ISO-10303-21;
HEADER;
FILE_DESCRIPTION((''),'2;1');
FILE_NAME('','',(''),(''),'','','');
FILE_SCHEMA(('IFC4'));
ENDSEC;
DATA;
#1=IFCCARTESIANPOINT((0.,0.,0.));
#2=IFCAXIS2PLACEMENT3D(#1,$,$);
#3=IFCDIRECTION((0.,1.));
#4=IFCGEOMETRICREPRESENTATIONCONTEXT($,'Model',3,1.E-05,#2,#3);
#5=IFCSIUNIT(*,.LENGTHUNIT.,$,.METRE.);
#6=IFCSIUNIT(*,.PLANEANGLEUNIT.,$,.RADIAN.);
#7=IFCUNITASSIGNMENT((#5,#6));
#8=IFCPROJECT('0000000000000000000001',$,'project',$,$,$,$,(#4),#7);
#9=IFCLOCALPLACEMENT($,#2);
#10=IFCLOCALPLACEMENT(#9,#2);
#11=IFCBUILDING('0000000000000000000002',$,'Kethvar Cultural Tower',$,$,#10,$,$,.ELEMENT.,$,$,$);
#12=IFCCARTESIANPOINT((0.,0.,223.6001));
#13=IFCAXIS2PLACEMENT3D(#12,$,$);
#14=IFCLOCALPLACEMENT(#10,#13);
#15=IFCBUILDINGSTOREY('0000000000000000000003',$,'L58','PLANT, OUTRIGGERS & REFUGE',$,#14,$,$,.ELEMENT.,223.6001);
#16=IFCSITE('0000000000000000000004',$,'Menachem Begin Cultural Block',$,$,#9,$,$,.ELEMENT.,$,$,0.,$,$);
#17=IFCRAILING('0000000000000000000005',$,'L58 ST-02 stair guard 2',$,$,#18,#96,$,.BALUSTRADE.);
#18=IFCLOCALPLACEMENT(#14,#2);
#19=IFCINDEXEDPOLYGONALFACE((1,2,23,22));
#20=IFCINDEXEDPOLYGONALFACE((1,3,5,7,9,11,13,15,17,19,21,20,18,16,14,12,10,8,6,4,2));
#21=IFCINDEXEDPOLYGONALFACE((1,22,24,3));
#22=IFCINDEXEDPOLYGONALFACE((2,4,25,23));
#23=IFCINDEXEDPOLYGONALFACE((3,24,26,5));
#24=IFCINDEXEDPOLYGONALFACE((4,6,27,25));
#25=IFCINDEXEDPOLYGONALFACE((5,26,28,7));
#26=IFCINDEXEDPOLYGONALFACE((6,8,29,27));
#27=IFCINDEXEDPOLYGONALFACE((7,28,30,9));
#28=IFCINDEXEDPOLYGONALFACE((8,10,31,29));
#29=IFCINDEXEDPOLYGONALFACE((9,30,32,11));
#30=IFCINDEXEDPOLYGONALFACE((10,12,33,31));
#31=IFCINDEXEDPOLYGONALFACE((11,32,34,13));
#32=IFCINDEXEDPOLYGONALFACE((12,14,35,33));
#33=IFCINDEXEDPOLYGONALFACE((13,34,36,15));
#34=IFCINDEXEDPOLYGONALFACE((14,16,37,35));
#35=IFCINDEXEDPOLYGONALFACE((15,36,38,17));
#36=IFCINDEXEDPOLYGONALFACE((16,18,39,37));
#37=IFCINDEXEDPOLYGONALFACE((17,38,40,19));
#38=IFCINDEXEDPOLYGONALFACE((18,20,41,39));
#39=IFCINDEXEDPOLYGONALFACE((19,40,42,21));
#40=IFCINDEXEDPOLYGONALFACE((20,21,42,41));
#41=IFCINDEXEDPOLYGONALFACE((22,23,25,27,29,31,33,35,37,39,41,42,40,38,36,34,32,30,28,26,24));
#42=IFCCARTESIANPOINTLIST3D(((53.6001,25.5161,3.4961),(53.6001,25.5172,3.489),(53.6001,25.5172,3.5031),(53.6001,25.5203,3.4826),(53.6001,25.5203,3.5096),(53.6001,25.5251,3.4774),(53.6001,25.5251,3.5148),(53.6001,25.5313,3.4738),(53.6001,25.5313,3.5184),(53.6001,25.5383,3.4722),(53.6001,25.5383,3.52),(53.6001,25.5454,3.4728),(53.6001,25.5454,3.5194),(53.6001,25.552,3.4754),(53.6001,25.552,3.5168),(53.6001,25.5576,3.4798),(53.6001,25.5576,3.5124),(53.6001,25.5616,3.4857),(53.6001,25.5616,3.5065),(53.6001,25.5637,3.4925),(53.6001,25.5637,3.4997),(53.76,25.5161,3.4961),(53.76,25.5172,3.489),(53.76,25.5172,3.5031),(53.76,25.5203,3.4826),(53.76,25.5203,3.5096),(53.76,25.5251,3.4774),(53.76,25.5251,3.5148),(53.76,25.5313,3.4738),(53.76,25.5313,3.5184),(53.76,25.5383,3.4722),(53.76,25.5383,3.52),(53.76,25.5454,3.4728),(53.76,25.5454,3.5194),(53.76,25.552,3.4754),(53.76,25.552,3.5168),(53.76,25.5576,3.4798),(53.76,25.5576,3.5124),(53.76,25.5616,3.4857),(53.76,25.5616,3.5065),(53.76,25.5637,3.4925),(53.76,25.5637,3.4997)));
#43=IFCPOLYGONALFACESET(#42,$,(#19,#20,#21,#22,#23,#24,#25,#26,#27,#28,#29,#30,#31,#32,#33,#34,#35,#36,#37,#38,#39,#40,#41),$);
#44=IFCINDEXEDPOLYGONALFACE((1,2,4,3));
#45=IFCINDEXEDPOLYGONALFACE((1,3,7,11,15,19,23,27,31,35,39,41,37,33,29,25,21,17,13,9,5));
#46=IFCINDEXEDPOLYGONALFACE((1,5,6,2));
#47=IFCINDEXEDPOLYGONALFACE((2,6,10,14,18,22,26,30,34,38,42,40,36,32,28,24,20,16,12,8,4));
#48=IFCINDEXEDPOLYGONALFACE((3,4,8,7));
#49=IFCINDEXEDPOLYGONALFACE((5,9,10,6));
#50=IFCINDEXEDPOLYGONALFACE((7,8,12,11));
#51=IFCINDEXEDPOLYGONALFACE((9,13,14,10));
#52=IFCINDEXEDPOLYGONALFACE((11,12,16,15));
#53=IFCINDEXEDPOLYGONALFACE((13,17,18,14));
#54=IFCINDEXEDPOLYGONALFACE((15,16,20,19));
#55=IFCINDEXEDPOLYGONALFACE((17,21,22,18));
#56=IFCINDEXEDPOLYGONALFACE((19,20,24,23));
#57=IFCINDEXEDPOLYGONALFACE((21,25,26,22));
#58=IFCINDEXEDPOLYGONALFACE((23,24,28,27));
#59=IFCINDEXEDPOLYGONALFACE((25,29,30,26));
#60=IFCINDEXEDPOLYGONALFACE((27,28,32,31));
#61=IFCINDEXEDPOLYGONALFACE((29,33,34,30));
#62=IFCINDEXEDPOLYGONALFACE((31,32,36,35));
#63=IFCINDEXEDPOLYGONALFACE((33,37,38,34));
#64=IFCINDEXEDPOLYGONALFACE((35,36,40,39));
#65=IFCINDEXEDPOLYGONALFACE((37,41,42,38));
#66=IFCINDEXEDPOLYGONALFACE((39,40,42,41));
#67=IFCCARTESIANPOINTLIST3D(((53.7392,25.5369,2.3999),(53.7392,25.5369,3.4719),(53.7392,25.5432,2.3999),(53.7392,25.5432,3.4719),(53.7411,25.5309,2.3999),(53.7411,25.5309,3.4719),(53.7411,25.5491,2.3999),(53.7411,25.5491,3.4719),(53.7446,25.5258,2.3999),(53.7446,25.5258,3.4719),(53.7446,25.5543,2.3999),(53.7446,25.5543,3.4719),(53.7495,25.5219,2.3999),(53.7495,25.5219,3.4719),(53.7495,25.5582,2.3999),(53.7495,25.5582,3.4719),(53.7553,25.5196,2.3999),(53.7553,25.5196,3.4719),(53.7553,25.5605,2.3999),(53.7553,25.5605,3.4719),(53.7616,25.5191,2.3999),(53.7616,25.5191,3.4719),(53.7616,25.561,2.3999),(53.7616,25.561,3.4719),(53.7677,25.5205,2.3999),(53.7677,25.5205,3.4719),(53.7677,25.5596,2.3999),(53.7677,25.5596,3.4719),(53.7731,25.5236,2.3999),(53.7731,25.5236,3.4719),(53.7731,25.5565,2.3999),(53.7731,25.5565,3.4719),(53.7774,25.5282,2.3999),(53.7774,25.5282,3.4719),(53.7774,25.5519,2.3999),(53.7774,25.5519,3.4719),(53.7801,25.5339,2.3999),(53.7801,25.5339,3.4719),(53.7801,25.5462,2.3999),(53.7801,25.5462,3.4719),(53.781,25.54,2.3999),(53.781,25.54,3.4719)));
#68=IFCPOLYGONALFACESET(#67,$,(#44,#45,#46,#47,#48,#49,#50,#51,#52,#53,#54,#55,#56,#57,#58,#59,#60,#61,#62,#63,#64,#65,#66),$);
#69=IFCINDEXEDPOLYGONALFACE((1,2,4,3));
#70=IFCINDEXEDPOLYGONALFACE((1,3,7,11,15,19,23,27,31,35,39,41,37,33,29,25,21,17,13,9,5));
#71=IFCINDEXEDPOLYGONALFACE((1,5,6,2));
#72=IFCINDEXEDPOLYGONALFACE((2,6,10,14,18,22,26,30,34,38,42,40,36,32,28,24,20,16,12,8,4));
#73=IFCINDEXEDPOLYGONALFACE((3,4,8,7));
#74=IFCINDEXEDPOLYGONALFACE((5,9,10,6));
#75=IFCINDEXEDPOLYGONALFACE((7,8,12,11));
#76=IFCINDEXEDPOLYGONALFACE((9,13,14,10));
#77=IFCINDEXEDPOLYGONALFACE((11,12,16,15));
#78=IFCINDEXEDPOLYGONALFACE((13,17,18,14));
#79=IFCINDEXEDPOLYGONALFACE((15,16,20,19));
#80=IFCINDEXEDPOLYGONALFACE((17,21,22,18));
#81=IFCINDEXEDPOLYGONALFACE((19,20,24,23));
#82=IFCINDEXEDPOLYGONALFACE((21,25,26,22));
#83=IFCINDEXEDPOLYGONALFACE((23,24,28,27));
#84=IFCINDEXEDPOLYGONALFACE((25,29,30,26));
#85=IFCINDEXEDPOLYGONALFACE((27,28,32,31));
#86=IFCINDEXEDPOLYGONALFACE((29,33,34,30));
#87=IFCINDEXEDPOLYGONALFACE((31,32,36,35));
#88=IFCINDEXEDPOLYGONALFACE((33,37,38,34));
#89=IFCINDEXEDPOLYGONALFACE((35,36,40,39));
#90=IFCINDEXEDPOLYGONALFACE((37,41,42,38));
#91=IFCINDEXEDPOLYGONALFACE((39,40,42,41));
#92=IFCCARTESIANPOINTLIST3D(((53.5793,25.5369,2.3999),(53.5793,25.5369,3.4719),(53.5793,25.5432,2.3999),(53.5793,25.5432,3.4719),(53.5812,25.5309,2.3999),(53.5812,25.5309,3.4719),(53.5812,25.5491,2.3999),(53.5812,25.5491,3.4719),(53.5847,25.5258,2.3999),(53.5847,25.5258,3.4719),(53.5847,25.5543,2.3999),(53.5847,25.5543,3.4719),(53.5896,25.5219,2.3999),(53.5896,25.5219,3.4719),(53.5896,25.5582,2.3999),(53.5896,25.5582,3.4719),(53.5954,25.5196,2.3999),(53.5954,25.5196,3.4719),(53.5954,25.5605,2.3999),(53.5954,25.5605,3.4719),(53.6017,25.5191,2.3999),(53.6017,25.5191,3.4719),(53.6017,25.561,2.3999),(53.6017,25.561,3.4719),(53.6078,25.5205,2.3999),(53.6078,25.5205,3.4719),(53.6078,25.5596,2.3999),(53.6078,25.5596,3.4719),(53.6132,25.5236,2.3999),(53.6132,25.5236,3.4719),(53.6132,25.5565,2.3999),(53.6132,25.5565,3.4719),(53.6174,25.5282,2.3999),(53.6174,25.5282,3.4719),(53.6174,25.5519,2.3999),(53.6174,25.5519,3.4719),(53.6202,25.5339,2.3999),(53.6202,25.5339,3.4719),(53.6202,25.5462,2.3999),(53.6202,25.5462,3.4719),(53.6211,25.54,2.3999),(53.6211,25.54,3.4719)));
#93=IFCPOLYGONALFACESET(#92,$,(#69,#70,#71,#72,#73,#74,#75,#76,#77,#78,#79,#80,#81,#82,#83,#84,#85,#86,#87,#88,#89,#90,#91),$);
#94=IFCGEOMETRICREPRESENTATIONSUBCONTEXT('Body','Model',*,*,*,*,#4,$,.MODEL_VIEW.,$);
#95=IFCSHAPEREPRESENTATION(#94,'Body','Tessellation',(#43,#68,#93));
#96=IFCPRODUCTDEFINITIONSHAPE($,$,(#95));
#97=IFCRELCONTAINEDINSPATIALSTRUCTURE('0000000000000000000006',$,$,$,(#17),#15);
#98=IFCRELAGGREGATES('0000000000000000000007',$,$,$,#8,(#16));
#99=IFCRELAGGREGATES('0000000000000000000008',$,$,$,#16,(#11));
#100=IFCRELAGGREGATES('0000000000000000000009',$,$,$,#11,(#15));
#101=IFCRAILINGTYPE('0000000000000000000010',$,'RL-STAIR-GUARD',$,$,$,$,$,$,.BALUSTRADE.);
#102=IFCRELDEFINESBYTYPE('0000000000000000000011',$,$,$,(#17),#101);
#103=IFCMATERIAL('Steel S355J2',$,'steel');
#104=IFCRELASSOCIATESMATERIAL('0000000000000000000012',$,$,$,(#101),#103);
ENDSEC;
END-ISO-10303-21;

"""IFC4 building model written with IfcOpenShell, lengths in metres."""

from ifc_helpers import new_model, si_unit, direction, frame, origin, origin_2d, place, context, subcontext, project, spatial, circle, extrude, material, type_object, element, save


model = new_model("IFC4")

# Units and contexts
model_context = context("Model", 3, precision=1e-05, world=origin(), true_north=direction((0.0, 1.0)))
body_context = subcontext(model_context, "Body", "Model", "MODEL_VIEW")
ifc_project = project(units=[si_unit("LENGTHUNIT", "METRE"), si_unit("PLANEANGLEUNIT", "RADIAN")], contexts=[model_context])

# Site, building, storey
site_placement = place(None, origin())
site = spatial("IfcSite", under=ifc_project, at=site_placement, Name="Menachem Begin Cultural Block", CompositionType="ELEMENT", RefElevation=0.0)
building_placement = place(site_placement, origin())
building = spatial("IfcBuilding", under=site, at=building_placement, Name="Kethvar Cultural Tower", CompositionType="ELEMENT")
storey_placement = place(building_placement, frame((0.0, 0.0, 223.6001)))
storey = spatial("IfcBuildingStorey", under=building, at=storey_placement, Name="L58", Description="PLANT, OUTRIGGERS & REFUGE", CompositionType="ELEMENT", Elevation=223.6001)

# Railing
ifc_material_1 = material(Name="Steel S355J2", Category="steel")
railing_type_1 = type_object("IfcRailingType", Name="RL-STAIR-GUARD", PredefinedType="BALUSTRADE", material=ifc_material_1)
railing_1_placement = place(storey_placement, frame((53.76, 25.54, 2.3999)))
element("IfcRailing", 1, at=railing_1_placement, inside=storey, type_object=railing_type_1, Name="L58 ST-02 stair guard 2", PredefinedType="BALUSTRADE", context=body_context, shape_type="SweptSolid", body=[
    extrude(circle(Radius=0.0239, at=origin_2d()), frame((0.0, 0.0, 1.0962), z_axis=(-1.0, 0.0, 0.0), x_axis=(0.0, -1.0, 0.0)), (0.0, 0.0, 1.0), 0.1599),
    extrude(circle(Radius=0.021, at=origin_2d()), origin(), (0.0, 0.0, 1.0), 1.072),
    extrude(circle(Radius=0.021, at=origin_2d()), frame((-0.1599, 0.0, 0.0)), (0.0, 0.0, 1.0), 1.072),
])

save(model, "model.ifc")
